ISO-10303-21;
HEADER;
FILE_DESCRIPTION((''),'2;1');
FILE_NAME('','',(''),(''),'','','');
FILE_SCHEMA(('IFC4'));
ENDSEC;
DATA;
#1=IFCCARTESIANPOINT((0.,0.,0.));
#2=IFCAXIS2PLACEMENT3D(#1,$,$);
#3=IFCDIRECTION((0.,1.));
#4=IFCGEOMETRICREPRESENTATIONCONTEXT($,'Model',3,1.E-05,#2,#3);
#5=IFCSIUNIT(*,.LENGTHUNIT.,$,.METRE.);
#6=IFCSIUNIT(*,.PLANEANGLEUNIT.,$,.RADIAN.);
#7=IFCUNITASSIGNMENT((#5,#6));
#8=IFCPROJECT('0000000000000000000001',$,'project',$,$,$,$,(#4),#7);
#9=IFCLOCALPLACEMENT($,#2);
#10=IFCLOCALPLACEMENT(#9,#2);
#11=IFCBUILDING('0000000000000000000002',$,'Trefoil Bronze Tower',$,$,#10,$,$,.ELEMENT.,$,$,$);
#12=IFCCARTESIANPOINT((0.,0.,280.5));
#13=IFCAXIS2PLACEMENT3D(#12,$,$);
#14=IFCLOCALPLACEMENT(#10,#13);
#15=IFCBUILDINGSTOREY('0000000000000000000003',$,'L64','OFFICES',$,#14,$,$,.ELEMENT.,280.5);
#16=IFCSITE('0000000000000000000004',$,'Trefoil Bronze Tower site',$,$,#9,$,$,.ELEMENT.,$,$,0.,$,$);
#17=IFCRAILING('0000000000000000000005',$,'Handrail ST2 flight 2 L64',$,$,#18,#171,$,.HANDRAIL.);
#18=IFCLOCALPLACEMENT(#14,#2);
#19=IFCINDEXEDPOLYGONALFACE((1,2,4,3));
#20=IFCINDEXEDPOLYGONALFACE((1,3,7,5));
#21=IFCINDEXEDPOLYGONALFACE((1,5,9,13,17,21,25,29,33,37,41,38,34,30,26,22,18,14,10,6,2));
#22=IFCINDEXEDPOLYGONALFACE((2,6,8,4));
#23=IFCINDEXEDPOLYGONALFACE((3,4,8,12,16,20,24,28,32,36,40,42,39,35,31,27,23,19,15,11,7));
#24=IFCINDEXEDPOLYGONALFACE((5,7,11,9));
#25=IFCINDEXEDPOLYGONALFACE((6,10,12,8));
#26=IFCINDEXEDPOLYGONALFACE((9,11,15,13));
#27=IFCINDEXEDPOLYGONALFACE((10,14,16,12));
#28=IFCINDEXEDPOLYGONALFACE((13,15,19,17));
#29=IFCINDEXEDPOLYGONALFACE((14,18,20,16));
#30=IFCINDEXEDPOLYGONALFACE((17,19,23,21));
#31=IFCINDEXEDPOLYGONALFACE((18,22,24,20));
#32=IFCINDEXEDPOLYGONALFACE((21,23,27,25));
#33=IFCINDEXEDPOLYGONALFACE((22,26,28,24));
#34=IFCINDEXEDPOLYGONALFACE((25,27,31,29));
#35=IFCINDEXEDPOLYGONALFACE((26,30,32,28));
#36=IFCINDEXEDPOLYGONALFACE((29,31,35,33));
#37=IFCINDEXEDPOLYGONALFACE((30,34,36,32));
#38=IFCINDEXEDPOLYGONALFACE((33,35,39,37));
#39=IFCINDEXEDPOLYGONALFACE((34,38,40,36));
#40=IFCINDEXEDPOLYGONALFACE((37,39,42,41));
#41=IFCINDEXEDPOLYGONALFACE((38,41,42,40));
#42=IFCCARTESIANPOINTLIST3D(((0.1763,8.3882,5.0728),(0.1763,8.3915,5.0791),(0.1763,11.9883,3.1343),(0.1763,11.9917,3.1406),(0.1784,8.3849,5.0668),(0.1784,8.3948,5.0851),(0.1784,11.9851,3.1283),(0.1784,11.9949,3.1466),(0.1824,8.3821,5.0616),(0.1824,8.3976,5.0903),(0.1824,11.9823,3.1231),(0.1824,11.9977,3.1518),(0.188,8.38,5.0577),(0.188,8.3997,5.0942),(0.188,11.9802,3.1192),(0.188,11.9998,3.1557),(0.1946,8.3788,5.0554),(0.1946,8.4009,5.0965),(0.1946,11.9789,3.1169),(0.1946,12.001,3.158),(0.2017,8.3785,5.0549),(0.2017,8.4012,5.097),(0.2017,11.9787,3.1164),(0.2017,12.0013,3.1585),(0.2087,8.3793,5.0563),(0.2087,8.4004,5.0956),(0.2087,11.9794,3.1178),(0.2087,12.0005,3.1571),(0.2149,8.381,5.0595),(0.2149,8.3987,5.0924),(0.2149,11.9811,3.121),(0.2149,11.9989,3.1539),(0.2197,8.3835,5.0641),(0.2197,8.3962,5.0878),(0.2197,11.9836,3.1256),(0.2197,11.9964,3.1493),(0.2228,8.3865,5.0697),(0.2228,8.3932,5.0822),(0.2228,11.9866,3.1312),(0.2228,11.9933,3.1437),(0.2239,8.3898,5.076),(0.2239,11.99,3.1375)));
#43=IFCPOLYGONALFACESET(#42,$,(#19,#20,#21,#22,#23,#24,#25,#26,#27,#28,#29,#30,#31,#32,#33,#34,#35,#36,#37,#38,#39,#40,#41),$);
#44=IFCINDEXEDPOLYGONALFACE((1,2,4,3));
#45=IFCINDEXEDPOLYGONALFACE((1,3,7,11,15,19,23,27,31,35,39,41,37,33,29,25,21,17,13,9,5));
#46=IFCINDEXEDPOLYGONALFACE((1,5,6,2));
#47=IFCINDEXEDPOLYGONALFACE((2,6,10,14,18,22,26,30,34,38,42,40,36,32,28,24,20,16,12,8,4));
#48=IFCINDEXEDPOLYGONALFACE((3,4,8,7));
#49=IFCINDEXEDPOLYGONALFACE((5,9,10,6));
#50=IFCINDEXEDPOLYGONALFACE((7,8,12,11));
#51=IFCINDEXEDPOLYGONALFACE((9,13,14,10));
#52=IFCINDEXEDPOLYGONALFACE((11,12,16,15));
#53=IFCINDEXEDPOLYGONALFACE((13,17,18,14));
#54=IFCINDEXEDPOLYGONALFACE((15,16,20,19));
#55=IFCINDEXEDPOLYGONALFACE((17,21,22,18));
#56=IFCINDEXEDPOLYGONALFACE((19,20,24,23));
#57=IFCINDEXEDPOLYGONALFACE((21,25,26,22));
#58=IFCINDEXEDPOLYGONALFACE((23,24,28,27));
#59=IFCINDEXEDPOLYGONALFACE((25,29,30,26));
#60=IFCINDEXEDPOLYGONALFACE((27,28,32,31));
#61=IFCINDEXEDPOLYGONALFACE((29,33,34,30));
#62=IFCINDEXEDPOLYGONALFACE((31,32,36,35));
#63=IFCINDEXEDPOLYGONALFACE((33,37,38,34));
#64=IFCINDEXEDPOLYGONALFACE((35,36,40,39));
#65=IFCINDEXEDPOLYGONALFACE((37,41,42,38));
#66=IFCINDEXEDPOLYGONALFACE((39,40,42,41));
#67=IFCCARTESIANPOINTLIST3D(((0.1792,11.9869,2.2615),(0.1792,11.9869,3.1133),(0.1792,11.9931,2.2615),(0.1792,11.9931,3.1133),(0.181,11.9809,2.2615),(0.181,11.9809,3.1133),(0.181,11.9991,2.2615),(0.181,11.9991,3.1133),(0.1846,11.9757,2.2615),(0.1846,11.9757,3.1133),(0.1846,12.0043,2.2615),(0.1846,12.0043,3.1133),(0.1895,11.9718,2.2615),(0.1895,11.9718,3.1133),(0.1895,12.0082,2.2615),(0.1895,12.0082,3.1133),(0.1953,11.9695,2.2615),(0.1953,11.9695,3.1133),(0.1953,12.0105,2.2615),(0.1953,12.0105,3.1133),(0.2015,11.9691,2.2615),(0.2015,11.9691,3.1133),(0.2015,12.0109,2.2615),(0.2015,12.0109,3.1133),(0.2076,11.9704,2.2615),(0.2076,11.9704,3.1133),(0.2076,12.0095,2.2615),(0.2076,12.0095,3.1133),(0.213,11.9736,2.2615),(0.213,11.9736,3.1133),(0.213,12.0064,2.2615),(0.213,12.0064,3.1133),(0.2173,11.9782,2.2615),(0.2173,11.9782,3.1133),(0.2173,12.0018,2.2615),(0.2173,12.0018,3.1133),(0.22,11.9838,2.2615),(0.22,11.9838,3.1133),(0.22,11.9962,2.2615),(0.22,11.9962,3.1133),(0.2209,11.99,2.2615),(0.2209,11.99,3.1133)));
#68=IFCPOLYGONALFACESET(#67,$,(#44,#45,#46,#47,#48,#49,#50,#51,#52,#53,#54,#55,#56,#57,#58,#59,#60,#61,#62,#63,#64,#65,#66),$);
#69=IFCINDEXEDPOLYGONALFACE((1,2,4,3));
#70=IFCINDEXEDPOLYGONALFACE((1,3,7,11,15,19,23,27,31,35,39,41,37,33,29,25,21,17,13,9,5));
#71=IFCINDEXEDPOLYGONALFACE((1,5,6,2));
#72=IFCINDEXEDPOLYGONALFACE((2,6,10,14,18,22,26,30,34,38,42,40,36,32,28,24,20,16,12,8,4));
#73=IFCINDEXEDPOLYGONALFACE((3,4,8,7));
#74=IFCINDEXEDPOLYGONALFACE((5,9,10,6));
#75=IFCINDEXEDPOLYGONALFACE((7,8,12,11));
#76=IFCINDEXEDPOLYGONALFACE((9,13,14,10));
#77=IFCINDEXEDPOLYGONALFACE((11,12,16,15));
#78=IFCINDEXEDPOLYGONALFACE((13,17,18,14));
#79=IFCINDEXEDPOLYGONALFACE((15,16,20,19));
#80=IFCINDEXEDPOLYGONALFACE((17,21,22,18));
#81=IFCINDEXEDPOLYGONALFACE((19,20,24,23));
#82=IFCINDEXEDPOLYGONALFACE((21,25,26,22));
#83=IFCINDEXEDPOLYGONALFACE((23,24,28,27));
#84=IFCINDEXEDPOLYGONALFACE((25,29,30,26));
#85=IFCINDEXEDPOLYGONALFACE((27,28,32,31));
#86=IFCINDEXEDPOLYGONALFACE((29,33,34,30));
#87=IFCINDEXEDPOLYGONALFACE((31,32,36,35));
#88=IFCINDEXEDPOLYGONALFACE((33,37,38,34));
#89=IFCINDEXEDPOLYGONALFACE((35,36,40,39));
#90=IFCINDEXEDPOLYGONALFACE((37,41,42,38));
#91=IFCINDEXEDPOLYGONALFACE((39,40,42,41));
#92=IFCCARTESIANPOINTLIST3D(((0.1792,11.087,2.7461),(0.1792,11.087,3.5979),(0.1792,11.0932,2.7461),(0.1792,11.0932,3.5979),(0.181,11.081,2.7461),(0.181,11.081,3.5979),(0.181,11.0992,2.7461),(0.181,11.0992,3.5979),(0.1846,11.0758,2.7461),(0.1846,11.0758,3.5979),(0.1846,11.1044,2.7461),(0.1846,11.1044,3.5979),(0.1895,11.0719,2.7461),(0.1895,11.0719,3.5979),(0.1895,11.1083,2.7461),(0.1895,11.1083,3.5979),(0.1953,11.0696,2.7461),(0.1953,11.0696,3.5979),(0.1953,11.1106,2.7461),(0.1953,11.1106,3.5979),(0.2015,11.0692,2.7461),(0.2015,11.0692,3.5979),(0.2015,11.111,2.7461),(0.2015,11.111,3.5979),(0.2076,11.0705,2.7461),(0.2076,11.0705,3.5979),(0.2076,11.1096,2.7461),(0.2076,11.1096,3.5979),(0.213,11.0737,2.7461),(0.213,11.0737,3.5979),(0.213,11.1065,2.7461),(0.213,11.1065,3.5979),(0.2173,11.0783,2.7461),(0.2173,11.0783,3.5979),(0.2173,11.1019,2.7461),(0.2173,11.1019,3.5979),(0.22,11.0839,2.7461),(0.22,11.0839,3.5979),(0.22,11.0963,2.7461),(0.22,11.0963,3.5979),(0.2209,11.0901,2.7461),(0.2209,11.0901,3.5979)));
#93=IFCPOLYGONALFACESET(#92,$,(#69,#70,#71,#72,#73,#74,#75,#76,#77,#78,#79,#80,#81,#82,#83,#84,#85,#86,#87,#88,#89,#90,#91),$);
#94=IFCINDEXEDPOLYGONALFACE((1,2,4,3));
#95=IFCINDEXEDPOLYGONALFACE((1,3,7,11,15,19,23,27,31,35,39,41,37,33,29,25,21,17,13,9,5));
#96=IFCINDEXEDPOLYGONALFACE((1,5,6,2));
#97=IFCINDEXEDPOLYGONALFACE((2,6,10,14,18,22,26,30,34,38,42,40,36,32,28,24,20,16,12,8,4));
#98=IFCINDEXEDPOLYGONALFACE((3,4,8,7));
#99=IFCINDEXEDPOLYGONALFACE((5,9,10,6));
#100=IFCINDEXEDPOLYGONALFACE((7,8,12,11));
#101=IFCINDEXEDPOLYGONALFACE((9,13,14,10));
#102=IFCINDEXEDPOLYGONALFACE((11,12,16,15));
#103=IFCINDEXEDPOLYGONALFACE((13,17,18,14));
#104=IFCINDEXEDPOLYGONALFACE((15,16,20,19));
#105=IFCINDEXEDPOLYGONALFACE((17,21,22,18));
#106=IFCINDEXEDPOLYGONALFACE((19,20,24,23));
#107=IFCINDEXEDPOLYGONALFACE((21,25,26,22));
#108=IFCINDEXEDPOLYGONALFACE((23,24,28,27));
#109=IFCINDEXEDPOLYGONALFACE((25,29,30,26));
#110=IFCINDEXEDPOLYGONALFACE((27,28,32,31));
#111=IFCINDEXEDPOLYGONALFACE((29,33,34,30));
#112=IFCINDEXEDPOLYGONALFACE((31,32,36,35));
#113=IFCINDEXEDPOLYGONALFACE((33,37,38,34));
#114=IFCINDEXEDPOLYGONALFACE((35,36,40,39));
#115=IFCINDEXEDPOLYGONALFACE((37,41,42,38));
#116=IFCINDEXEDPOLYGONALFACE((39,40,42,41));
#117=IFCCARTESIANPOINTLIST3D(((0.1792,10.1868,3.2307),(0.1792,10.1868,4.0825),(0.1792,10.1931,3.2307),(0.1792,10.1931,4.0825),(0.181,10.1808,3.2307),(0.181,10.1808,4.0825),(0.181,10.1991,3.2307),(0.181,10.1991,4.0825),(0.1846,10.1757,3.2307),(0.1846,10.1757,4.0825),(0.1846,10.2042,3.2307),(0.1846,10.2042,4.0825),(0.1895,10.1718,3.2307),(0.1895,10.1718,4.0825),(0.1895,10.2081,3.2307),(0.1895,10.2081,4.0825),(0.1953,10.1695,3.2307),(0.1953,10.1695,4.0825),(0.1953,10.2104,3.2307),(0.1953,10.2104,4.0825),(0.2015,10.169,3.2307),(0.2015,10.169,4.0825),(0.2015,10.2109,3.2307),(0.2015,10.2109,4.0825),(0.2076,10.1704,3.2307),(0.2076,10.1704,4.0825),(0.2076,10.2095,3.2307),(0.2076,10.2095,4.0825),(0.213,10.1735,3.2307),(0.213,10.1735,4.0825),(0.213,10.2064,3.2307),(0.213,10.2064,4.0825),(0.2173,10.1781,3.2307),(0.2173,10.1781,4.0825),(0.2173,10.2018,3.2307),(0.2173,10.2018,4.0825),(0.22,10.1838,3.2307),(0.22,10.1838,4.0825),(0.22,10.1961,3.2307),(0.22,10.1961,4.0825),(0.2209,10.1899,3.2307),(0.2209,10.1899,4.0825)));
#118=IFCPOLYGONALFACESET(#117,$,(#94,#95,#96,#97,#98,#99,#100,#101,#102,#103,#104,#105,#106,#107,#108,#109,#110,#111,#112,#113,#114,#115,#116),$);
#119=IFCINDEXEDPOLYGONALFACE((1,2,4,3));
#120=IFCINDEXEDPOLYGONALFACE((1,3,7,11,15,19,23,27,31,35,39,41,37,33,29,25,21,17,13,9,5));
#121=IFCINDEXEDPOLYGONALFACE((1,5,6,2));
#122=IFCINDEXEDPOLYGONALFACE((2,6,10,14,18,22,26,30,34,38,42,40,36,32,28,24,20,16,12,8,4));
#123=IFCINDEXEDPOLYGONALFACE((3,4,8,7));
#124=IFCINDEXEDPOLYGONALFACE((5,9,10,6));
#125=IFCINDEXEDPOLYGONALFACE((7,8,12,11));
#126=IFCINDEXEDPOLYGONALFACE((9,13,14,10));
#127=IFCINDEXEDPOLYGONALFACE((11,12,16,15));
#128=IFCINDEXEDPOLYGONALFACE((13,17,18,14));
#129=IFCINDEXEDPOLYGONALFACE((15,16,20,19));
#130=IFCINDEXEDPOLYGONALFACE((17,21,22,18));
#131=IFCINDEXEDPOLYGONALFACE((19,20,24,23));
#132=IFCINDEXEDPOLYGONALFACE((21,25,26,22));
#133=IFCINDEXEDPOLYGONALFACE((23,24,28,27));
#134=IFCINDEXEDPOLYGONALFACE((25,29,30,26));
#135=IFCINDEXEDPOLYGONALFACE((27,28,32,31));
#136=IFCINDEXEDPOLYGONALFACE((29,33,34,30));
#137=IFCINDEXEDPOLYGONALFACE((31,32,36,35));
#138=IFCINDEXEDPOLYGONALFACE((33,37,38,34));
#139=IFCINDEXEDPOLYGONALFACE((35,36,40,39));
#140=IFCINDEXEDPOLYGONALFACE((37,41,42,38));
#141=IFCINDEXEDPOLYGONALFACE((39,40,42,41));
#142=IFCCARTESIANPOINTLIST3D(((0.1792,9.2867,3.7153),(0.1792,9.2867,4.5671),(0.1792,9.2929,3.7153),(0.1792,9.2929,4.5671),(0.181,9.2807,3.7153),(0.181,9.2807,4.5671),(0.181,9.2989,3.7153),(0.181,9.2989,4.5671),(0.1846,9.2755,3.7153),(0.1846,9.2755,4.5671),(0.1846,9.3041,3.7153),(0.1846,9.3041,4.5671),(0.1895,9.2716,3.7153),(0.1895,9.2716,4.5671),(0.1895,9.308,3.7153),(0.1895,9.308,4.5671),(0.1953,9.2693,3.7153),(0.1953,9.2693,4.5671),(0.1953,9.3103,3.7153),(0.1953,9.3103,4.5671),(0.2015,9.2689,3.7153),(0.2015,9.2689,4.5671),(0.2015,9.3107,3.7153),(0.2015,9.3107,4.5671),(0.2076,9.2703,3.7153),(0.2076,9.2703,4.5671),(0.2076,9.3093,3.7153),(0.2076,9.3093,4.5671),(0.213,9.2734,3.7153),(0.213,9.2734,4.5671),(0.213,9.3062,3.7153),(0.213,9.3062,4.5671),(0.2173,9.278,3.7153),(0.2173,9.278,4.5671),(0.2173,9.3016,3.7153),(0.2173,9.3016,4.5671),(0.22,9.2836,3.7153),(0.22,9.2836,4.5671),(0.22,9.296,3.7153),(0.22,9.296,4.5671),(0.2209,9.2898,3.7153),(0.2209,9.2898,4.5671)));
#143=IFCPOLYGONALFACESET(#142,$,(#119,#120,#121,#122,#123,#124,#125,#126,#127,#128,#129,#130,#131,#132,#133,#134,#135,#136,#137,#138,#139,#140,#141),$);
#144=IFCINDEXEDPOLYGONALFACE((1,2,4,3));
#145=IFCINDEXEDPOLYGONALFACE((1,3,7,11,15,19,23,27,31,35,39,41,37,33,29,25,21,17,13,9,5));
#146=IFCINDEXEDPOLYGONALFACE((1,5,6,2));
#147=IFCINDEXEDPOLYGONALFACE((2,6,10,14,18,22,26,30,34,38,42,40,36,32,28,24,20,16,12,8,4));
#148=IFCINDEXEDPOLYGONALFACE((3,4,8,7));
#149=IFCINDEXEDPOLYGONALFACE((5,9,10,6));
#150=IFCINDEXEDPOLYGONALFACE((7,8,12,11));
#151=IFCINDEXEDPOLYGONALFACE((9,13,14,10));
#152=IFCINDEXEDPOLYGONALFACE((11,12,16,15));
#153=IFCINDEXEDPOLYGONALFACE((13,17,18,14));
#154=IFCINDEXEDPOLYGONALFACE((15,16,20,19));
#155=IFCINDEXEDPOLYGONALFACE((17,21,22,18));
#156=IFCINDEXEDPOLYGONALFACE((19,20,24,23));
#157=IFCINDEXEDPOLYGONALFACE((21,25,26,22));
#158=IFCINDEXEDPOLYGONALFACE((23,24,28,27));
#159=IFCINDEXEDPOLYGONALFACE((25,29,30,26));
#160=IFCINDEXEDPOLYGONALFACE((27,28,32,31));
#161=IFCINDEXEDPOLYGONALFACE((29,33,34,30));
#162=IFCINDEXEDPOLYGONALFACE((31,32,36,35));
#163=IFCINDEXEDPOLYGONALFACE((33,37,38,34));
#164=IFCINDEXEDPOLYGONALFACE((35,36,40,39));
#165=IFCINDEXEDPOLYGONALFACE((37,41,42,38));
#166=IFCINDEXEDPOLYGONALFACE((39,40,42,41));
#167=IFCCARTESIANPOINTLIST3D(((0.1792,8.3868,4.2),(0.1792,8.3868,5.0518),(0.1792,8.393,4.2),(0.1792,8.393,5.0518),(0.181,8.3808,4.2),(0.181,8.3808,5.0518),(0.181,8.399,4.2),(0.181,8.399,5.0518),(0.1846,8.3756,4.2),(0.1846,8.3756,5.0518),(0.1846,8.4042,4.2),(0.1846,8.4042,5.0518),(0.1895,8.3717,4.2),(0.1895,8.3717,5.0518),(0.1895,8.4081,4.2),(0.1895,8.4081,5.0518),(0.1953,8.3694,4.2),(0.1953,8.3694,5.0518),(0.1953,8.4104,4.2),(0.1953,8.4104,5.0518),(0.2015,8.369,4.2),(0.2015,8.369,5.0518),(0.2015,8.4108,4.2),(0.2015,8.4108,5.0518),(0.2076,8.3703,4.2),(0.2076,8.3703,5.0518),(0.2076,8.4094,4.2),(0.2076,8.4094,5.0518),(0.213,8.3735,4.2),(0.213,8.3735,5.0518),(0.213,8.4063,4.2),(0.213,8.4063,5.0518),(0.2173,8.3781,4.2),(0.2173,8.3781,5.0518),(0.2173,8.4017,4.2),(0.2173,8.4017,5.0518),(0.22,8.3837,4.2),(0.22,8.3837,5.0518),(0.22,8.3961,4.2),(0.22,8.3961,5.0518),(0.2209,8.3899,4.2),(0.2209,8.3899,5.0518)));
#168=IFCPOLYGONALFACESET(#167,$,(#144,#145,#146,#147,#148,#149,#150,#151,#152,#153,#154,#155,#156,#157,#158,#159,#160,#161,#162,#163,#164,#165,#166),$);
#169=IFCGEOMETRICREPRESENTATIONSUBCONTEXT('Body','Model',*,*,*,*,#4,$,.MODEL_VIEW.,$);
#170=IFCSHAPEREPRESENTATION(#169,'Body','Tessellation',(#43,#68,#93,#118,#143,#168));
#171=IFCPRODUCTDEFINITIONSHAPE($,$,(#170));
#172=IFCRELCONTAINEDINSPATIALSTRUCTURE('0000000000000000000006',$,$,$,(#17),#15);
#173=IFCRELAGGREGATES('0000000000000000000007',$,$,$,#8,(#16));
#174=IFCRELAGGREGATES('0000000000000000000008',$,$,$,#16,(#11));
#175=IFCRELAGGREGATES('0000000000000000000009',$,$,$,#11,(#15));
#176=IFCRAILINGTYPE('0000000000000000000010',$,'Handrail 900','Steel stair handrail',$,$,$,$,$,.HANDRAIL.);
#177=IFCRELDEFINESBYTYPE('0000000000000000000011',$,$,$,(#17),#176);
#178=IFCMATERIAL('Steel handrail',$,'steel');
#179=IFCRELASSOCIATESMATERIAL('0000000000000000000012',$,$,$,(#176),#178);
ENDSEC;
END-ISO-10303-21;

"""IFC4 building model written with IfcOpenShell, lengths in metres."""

from ifc_helpers import new_model, si_unit, direction, frame, origin, origin_2d, place, context, subcontext, project, spatial, circle, extrude, material, type_object, element, save


model = new_model("IFC4")

# Units and contexts
model_context = context("Model", 3, precision=1e-05, world=origin(), true_north=direction((0.0, 1.0)))
body_context = subcontext(model_context, "Body", "Model", "MODEL_VIEW")
ifc_project = project(units=[si_unit("LENGTHUNIT", "METRE"), si_unit("PLANEANGLEUNIT", "RADIAN")], contexts=[model_context])

# Site, building, storey
site_placement = place(None, origin())
site = spatial("IfcSite", under=ifc_project, at=site_placement, Name="Trefoil Bronze Tower site", CompositionType="ELEMENT", RefElevation=0.0)
building_placement = place(site_placement, origin())
building = spatial("IfcBuilding", under=site, at=building_placement, Name="Trefoil Bronze Tower", CompositionType="ELEMENT")
storey_placement = place(building_placement, frame((0.0, 0.0, 280.5)))
storey = spatial("IfcBuildingStorey", under=building, at=storey_placement, Name="L64", Description="OFFICES", CompositionType="ELEMENT", Elevation=280.5)

# Railing
ifc_material_1 = material(Name="Steel handrail", Category="steel")
railing_type = type_object("IfcRailingType", Name="Handrail 900", Description="Steel stair handrail", PredefinedType="HANDRAIL", material=ifc_material_1)
railing_placement = place(storey_placement, frame((0.2, 11.99, 2.2615)))
element("IfcRailing", 1, at=railing_placement, inside=storey, type_object=railing_type, Name="Handrail ST2 flight 2 L64", PredefinedType="HANDRAIL", context=body_context, shape_type="SweptSolid", body=[
    extrude(circle(Radius=0.0239, at=origin_2d()), frame((0.0, 0.0, 0.876), z_axis=(0.0, -0.880475, 0.474093), x_axis=(1.0, 0.0, 0.0)), (0.0, 0.0, 1.0), 4.0889),
    extrude(circle(Radius=0.021, at=origin_2d()), origin(), (0.0, 0.0, 1.0), 0.8518),
    extrude(circle(Radius=0.021, at=origin_2d()), frame((0.0, -0.8999, 0.4846)), (0.0, 0.0, 1.0), 0.8518),
    extrude(circle(Radius=0.021, at=origin_2d()), frame((0.0, -1.8, 0.9692)), (0.0, 0.0, 1.0), 0.8518),
    extrude(circle(Radius=0.021, at=origin_2d()), frame((0.0, -2.7002, 1.4539)), (0.0, 0.0, 1.0), 0.8518),
    extrude(circle(Radius=0.021, at=origin_2d()), frame((0.0, -3.6001, 1.9385)), (0.0, 0.0, 1.0), 0.8518),
])

save(model, "model.ifc")
